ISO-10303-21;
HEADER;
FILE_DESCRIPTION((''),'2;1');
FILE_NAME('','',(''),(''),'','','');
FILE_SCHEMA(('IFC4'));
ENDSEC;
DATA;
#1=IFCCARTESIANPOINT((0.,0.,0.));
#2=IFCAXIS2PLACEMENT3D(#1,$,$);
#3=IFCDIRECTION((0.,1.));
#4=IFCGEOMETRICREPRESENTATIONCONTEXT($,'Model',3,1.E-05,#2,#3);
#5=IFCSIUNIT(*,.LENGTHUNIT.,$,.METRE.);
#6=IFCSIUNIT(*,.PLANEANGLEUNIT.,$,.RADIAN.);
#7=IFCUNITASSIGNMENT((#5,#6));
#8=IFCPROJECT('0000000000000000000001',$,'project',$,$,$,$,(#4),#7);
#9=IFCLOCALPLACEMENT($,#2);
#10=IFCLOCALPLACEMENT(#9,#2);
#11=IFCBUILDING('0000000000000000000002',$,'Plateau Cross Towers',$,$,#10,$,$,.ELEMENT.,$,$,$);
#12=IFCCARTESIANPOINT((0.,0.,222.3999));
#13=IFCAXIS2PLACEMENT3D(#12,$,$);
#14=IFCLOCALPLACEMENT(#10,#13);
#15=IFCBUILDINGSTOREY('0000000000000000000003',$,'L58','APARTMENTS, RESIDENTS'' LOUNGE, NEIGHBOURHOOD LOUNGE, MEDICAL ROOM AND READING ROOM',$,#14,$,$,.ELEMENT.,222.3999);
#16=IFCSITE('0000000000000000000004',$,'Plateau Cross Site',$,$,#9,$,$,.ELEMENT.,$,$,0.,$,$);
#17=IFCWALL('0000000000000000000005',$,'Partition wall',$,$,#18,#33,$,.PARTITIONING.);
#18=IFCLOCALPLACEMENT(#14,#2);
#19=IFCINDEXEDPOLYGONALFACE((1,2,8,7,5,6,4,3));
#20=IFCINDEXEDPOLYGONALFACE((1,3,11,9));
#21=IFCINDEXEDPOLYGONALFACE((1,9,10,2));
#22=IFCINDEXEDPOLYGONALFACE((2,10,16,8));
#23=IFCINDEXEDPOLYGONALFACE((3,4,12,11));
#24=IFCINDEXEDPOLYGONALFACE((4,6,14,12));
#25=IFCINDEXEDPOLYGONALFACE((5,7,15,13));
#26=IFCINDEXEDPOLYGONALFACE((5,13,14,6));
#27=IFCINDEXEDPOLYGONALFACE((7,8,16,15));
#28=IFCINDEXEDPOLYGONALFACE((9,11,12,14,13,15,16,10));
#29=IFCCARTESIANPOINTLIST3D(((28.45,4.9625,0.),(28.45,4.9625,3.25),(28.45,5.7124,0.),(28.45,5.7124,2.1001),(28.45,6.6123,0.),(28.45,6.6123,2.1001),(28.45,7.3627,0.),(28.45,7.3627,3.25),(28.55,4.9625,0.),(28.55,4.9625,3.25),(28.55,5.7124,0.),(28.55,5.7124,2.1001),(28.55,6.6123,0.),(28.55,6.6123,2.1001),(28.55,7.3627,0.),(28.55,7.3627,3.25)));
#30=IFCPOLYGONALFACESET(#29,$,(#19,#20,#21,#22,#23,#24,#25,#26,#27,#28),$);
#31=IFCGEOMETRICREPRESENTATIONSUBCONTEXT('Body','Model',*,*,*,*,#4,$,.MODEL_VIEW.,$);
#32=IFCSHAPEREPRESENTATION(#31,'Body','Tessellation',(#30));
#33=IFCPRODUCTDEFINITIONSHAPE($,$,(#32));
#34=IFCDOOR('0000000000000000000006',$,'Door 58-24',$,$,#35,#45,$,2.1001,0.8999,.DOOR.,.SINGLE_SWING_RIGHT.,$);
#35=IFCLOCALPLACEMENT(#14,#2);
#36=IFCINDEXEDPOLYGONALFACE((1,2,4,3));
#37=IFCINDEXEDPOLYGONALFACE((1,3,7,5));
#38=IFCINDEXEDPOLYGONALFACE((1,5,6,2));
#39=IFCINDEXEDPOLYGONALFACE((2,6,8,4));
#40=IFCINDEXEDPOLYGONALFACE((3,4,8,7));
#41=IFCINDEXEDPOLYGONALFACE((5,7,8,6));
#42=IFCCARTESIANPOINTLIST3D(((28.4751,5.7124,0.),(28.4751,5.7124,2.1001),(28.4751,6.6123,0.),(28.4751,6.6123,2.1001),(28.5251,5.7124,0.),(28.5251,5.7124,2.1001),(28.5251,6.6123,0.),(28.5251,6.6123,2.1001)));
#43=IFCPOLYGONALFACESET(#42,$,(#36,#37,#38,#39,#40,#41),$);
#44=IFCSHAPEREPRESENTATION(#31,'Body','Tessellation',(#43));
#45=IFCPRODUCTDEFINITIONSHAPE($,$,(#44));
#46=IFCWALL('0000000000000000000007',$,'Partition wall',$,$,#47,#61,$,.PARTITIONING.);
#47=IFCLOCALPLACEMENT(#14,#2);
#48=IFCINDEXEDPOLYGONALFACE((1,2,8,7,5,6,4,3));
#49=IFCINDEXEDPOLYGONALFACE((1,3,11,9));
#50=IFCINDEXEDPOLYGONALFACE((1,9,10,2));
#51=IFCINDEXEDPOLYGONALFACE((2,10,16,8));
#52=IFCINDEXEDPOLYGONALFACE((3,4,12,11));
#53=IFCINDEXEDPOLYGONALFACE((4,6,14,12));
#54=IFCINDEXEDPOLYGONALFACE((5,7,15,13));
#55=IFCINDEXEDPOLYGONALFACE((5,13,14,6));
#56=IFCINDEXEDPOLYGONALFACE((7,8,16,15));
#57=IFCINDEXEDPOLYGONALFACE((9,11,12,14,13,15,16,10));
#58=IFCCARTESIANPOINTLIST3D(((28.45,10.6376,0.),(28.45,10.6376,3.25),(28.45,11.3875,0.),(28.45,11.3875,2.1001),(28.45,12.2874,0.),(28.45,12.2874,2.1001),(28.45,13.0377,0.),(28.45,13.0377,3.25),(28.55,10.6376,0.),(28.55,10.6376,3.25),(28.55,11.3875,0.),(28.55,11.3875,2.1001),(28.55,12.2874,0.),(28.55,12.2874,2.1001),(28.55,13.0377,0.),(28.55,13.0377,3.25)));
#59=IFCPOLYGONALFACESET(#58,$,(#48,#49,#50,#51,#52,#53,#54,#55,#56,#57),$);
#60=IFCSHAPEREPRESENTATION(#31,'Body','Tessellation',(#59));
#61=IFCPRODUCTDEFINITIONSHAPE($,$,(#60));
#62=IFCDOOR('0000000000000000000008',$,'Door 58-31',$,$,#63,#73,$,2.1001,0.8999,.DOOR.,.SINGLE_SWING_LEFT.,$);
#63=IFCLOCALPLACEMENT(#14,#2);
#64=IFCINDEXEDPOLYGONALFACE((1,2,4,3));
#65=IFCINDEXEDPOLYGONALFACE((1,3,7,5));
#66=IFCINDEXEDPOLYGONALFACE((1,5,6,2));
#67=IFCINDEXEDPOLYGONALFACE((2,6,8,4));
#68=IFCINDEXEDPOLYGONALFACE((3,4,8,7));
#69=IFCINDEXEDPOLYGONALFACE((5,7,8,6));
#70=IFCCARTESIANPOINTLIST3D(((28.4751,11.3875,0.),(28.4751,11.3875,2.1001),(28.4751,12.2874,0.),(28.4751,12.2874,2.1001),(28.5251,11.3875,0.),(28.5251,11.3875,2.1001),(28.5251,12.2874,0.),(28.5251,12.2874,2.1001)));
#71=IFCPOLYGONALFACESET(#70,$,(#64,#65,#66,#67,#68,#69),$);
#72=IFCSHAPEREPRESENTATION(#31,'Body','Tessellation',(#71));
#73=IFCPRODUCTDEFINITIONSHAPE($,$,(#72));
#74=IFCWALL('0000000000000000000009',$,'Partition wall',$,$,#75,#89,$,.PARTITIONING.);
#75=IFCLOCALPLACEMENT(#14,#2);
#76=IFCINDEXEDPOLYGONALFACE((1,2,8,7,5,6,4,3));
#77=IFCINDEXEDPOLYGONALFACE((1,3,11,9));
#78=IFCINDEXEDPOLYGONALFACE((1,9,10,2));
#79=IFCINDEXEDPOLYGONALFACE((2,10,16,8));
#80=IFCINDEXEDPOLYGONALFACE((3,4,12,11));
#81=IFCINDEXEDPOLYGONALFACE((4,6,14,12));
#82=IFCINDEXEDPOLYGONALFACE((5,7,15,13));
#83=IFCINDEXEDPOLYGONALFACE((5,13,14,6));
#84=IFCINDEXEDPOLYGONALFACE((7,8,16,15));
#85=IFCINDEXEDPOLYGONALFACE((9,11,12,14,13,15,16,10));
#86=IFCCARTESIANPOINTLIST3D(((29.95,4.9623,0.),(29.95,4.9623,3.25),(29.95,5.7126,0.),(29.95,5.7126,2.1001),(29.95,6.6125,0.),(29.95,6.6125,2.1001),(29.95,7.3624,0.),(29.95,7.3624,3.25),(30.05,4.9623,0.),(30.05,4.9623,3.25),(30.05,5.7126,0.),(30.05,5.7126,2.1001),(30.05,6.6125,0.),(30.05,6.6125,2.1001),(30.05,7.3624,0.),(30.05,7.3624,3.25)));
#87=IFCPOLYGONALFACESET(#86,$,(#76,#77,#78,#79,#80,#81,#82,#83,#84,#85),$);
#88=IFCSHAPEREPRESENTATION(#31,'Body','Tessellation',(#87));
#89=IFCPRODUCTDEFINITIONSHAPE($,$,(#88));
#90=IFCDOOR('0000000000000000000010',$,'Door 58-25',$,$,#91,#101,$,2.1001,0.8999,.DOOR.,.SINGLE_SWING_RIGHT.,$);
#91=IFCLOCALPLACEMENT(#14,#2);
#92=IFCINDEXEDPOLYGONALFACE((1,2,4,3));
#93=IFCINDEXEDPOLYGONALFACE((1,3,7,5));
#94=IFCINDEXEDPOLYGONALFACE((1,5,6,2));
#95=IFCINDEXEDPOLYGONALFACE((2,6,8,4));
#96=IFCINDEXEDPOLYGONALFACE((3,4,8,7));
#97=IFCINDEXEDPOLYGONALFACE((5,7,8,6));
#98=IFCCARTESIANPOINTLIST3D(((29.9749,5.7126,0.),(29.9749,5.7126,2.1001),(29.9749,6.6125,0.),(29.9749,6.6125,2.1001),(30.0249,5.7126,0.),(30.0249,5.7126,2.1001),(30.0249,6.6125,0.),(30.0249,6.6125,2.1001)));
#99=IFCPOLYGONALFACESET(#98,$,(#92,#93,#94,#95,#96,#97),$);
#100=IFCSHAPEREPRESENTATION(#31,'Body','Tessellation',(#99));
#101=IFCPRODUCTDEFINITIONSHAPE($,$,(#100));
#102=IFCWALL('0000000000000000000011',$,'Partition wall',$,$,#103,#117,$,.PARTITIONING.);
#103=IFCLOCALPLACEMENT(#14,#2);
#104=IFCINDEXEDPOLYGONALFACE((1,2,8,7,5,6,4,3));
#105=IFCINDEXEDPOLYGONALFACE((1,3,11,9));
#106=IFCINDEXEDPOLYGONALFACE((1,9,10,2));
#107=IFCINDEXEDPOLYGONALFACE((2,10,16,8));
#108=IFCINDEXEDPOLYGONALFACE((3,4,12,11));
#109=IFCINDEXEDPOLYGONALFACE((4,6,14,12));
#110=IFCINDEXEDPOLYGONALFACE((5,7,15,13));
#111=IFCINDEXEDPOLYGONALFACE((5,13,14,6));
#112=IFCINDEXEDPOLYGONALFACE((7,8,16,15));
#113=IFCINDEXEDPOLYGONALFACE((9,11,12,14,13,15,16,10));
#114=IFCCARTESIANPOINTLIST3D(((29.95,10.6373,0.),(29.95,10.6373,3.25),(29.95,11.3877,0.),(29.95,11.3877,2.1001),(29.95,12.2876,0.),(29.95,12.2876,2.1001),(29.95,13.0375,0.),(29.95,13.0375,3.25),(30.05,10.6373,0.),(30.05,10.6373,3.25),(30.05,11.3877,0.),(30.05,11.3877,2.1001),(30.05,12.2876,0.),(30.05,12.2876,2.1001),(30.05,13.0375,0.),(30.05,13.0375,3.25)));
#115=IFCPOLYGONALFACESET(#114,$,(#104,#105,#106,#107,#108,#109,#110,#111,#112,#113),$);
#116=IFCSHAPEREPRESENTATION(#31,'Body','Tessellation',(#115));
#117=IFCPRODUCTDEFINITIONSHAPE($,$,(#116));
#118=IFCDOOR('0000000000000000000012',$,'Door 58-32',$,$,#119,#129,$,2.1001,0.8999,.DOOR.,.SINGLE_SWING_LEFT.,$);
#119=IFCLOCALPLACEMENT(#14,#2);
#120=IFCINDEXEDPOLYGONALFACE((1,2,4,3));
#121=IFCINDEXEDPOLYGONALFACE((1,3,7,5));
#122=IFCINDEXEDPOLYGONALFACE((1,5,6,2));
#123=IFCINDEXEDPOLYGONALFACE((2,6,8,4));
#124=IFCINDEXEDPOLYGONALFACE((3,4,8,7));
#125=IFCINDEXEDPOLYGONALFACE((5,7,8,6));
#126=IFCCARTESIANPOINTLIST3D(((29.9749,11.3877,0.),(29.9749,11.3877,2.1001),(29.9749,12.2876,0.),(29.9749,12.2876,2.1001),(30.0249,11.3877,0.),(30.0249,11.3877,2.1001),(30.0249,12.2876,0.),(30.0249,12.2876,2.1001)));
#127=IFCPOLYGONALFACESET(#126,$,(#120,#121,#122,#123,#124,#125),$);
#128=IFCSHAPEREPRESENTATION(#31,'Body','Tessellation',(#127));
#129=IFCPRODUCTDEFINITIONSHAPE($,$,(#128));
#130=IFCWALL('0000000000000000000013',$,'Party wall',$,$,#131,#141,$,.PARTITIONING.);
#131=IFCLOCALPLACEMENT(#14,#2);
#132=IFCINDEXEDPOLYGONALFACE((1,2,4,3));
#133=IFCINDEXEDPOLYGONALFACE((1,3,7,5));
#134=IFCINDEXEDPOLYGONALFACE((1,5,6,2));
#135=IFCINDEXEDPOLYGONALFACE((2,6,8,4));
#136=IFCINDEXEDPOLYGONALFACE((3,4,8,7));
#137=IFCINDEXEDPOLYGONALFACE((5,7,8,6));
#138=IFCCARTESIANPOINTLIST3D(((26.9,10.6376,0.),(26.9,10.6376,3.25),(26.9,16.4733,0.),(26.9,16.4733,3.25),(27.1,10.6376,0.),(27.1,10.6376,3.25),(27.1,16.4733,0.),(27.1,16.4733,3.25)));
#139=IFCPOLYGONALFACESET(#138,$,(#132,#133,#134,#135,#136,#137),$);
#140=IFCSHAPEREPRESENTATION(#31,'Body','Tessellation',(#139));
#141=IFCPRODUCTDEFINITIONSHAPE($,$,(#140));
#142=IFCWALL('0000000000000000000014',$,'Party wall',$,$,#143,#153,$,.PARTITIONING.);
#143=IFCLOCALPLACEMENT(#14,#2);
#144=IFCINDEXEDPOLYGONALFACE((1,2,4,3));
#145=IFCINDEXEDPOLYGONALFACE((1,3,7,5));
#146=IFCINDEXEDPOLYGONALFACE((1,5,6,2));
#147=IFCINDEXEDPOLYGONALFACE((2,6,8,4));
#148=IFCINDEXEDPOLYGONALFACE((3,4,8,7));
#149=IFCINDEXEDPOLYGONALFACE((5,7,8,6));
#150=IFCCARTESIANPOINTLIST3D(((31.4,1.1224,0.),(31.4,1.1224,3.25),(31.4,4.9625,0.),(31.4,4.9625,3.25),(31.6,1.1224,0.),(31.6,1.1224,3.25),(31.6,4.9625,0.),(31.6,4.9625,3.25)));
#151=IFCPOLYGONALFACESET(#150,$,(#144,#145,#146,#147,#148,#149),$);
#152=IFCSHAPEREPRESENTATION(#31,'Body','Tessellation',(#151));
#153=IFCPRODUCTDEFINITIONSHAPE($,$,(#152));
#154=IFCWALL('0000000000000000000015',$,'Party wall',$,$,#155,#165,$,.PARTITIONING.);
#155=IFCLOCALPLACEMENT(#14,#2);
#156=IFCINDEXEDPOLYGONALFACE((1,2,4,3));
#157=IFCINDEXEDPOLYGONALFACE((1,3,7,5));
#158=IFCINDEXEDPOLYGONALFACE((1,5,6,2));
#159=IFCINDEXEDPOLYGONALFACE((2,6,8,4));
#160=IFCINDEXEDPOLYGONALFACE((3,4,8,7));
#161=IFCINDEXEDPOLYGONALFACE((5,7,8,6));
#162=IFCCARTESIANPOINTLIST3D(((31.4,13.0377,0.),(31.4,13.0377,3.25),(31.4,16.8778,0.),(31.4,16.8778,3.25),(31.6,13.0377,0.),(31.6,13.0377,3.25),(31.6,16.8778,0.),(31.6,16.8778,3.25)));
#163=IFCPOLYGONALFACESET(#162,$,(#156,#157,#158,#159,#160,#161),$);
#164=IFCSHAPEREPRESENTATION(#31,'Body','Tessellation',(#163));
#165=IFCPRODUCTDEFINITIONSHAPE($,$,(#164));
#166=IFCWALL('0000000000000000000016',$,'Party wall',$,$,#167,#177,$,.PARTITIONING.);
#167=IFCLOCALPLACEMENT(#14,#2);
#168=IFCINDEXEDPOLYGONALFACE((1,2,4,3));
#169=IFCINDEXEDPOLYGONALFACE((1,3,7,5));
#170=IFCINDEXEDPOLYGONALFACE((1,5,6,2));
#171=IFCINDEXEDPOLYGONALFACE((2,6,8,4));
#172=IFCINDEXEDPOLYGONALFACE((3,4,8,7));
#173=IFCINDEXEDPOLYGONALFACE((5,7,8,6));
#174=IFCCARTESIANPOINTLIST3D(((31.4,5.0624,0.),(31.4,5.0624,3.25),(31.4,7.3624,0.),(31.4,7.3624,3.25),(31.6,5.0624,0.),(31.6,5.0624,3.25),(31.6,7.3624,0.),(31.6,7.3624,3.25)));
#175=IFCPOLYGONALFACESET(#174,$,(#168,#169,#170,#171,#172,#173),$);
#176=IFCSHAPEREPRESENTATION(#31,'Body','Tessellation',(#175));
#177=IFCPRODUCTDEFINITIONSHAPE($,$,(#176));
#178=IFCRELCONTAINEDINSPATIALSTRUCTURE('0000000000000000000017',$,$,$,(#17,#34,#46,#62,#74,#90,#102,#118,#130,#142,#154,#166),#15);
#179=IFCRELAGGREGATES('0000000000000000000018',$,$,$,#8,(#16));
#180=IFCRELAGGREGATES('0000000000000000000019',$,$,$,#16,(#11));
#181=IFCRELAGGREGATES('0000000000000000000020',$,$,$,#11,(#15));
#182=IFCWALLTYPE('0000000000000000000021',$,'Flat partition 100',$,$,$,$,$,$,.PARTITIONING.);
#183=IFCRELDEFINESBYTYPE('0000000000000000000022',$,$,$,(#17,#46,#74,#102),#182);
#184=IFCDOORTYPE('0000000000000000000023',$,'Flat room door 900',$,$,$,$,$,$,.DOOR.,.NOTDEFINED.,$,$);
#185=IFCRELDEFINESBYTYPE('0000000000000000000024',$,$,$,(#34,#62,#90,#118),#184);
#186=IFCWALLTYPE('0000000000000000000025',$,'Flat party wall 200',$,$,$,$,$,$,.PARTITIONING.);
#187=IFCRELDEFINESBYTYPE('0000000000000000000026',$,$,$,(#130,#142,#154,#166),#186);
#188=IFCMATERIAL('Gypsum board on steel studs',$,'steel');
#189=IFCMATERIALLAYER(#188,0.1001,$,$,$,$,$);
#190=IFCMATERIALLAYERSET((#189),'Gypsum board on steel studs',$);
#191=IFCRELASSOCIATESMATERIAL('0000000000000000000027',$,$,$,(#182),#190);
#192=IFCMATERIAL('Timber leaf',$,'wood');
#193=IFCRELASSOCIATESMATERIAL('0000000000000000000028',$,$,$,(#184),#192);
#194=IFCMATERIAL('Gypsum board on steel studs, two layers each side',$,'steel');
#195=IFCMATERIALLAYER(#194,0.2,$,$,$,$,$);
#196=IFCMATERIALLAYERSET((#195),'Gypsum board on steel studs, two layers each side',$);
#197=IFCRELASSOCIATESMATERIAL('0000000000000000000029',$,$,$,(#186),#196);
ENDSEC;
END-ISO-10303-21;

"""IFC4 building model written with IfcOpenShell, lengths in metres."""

from ifc_helpers import new_model, si_unit, direction, frame, frame_2d, origin, place, context, subcontext, project, spatial, rectangle, extrude, material, layer, layer_set, type_object, element, fill, save


model = new_model("IFC4")

# Units and contexts
model_context = context("Model", 3, precision=1e-05, world=origin(), true_north=direction((0.0, 1.0)))
body_context = subcontext(model_context, "Body", "Model", "MODEL_VIEW")
ifc_project = project(units=[si_unit("LENGTHUNIT", "METRE"), si_unit("PLANEANGLEUNIT", "RADIAN")], contexts=[model_context])

# Site, building, storey
site_placement = place(None, origin())
site = spatial("IfcSite", under=ifc_project, at=site_placement, Name="Plateau Cross Site", CompositionType="ELEMENT", RefElevation=0.0)
building_placement = place(site_placement, origin())
building = spatial("IfcBuilding", under=site, at=building_placement, Name="Plateau Cross Towers", CompositionType="ELEMENT")
storey_placement = place(building_placement, frame((0.0, 0.0, 222.3999)))
storey = spatial("IfcBuildingStorey", under=building, at=storey_placement, Name="L58", Description="APARTMENTS, RESIDENTS' LOUNGE, NEIGHBOURHOOD LOUNGE, MEDICAL ROOM AND READING ROOM", CompositionType="ELEMENT", Elevation=222.3999)

# Shared definitions
ifc_material_1 = material(Name="Gypsum board on steel studs", Category="steel")
ifc_layer_1 = layer(ifc_material_1, 0.1001)
ifc_layer_set_1 = layer_set([ifc_layer_1], Name="Gypsum board on steel studs")
wall_type_1 = type_object("IfcWallType", Name="Flat partition 100", PredefinedType="PARTITIONING", material=ifc_layer_set_1)

# Walls, openings, doors
wall_1_placement = place(storey_placement, frame((28.5, 4.9624, 0.0), z_axis=(0.0, 0.0, 1.0), x_axis=(0.0, 1.0, 0.0)))
wall_1 = element("IfcWall", 1, at=wall_1_placement, inside=storey, type_object=wall_type_1, Name="Partition wall", PredefinedType="PARTITIONING", context=body_context, shape_type="SweptSolid", body=[
    extrude(rectangle(XDim=2.4001, YDim=0.1001, at=frame_2d((1.2002, 0.0))), origin(), (0.0, 0.0, 1.0), 3.25),
])
opening_1_placement = place(wall_1_placement, frame((0.75, 0.0, 0.0)))
opening_1 = element("IfcOpeningElement", 2, at=opening_1_placement, cuts=wall_1, PredefinedType="OPENING", context=body_context, shape_type="SweptSolid", body=[
    extrude(rectangle(XDim=0.8999, YDim=2.1001, at=frame_2d((0.45, 1.05))), frame((0.0, 0.0601, 0.0), z_axis=(0.0, -1.0, 0.0), x_axis=(1.0, 0.0, 0.0)), (0.0, 0.0, 1.0), 0.1201),
])
ifc_material_2 = material(Name="Timber leaf", Category="wood")
door_type_1 = type_object("IfcDoorType", Name="Flat room door 900", OperationType="NOTDEFINED", PredefinedType="DOOR", material=ifc_material_2)
door_1_placement = place(opening_1_placement, origin())
door_1 = element("IfcDoor", 3, at=door_1_placement, inside=storey, type_object=door_type_1, Name="Door 58-24", OperationType="SINGLE_SWING_RIGHT", OverallHeight=2.1001, OverallWidth=0.8999, PredefinedType="DOOR", context=body_context, shape_type="SweptSolid", body=[
    extrude(rectangle(XDim=0.8999, YDim=2.1001, at=frame_2d((0.45, 1.05))), frame((0.0, 0.0249, 0.0), z_axis=(0.0, -1.0, 0.0), x_axis=(1.0, 0.0, 0.0)), (0.0, 0.0, 1.0), 0.05),
])
fill(opening_1, door_1)
wall_2_placement = place(storey_placement, frame((28.5, 10.6375, 0.0), z_axis=(0.0, 0.0, 1.0), x_axis=(0.0, 1.0, 0.0)))
wall_2 = element("IfcWall", 4, at=wall_2_placement, inside=storey, type_object=wall_type_1, Name="Partition wall", PredefinedType="PARTITIONING", context=body_context, shape_type="SweptSolid", body=[
    extrude(rectangle(XDim=2.4001, YDim=0.1001, at=frame_2d((1.2002, 0.0))), origin(), (0.0, 0.0, 1.0), 3.25),
])
opening_2_placement = place(wall_2_placement, frame((0.75, 0.0, 0.0)))
opening_2 = element("IfcOpeningElement", 5, at=opening_2_placement, cuts=wall_2, PredefinedType="OPENING", context=body_context, shape_type="SweptSolid", body=[
    extrude(rectangle(XDim=0.8999, YDim=2.1001, at=frame_2d((0.45, 1.05))), frame((0.0, 0.0601, 0.0), z_axis=(0.0, -1.0, 0.0), x_axis=(1.0, 0.0, 0.0)), (0.0, 0.0, 1.0), 0.1201),
])
door_2_placement = place(opening_2_placement, origin())
door_2 = element("IfcDoor", 6, at=door_2_placement, inside=storey, type_object=door_type_1, Name="Door 58-31", OperationType="SINGLE_SWING_LEFT", OverallHeight=2.1001, OverallWidth=0.8999, PredefinedType="DOOR", context=body_context, shape_type="SweptSolid", body=[
    extrude(rectangle(XDim=0.8999, YDim=2.1001, at=frame_2d((0.45, 1.05))), frame((0.0, 0.0249, 0.0), z_axis=(0.0, -1.0, 0.0), x_axis=(1.0, 0.0, 0.0)), (0.0, 0.0, 1.0), 0.05),
])
fill(opening_2, door_2)
wall_3_placement = place(storey_placement, frame((30.0, 7.3625, 0.0), z_axis=(0.0, 0.0, 1.0), x_axis=(0.0, -1.0, 0.0)))
wall_3 = element("IfcWall", 7, at=wall_3_placement, inside=storey, type_object=wall_type_1, Name="Partition wall", PredefinedType="PARTITIONING", context=body_context, shape_type="SweptSolid", body=[
    extrude(rectangle(XDim=2.4001, YDim=0.1001, at=frame_2d((1.2002, 0.0))), origin(), (0.0, 0.0, 1.0), 3.25),
])
opening_3_placement = place(wall_3_placement, frame((0.75, 0.0, 0.0)))
opening_3 = element("IfcOpeningElement", 8, at=opening_3_placement, cuts=wall_3, PredefinedType="OPENING", context=body_context, shape_type="SweptSolid", body=[
    extrude(rectangle(XDim=0.8999, YDim=2.1001, at=frame_2d((0.45, 1.05))), frame((0.0, 0.0601, 0.0), z_axis=(0.0, -1.0, 0.0), x_axis=(1.0, 0.0, 0.0)), (0.0, 0.0, 1.0), 0.1201),
])
door_3_placement = place(opening_3_placement, origin())
door_3 = element("IfcDoor", 9, at=door_3_placement, inside=storey, type_object=door_type_1, Name="Door 58-25", OperationType="SINGLE_SWING_RIGHT", OverallHeight=2.1001, OverallWidth=0.8999, PredefinedType="DOOR", context=body_context, shape_type="SweptSolid", body=[
    extrude(rectangle(XDim=0.8999, YDim=2.1001, at=frame_2d((0.45, 1.05))), frame((0.0, 0.0249, 0.0), z_axis=(0.0, -1.0, 0.0), x_axis=(1.0, 0.0, 0.0)), (0.0, 0.0, 1.0), 0.05),
])
fill(opening_3, door_3)
wall_4_placement = place(storey_placement, frame((30.0, 13.0376, 0.0), z_axis=(0.0, 0.0, 1.0), x_axis=(0.0, -1.0, 0.0)))
wall_4 = element("IfcWall", 10, at=wall_4_placement, inside=storey, type_object=wall_type_1, Name="Partition wall", PredefinedType="PARTITIONING", context=body_context, shape_type="SweptSolid", body=[
    extrude(rectangle(XDim=2.4001, YDim=0.1001, at=frame_2d((1.2002, 0.0))), origin(), (0.0, 0.0, 1.0), 3.25),
])
opening_4_placement = place(wall_4_placement, frame((0.75, 0.0, 0.0)))
opening_4 = element("IfcOpeningElement", 11, at=opening_4_placement, cuts=wall_4, PredefinedType="OPENING", context=body_context, shape_type="SweptSolid", body=[
    extrude(rectangle(XDim=0.8999, YDim=2.1001, at=frame_2d((0.45, 1.05))), frame((0.0, 0.0601, 0.0), z_axis=(0.0, -1.0, 0.0), x_axis=(1.0, 0.0, 0.0)), (0.0, 0.0, 1.0), 0.1201),
])
door_4_placement = place(opening_4_placement, origin())
door_4 = element("IfcDoor", 12, at=door_4_placement, inside=storey, type_object=door_type_1, Name="Door 58-32", OperationType="SINGLE_SWING_LEFT", OverallHeight=2.1001, OverallWidth=0.8999, PredefinedType="DOOR", context=body_context, shape_type="SweptSolid", body=[
    extrude(rectangle(XDim=0.8999, YDim=2.1001, at=frame_2d((0.45, 1.05))), frame((0.0, 0.0249, 0.0), z_axis=(0.0, -1.0, 0.0), x_axis=(1.0, 0.0, 0.0)), (0.0, 0.0, 1.0), 0.05),
])
fill(opening_4, door_4)

# Walls
ifc_material_3 = material(Name="Gypsum board on steel studs, two layers each side", Category="steel")
ifc_layer_2 = layer(ifc_material_3, 0.2)
ifc_layer_set_2 = layer_set([ifc_layer_2], Name="Gypsum board on steel studs, two layers each side")
wall_type_2 = type_object("IfcWallType", Name="Flat party wall 200", PredefinedType="PARTITIONING", material=ifc_layer_set_2)
wall_5_placement = place(storey_placement, frame((27.0, 10.6375, 0.0), z_axis=(0.0, 0.0, 1.0), x_axis=(0.0, 1.0, 0.0)))
element("IfcWall", 13, at=wall_5_placement, inside=storey, type_object=wall_type_2, Name="Party wall", PredefinedType="PARTITIONING", context=body_context, shape_type="SweptSolid", body=[
    extrude(rectangle(XDim=5.8357, YDim=0.2, at=frame_2d((2.918, 0.0))), origin(), (0.0, 0.0, 1.0), 3.25),
])
for number, where, z_axis, x_axis, name in (
    (14, (31.5, 4.9624, 0.0), (0.0, 0.0, 1.0), (0.0, -1.0, 0.0), "Party wall"),
    (15, (31.5, 16.8777, 0.0), (0.0, 0.0, 1.0), (0.0, -1.0, 0.0), "Party wall"),
):
    element("IfcWall", number, at=place(storey_placement, frame(where, z_axis=z_axis, x_axis=x_axis)), inside=storey, type_object=wall_type_2, Name=name, PredefinedType="PARTITIONING", context=body_context, shape_type="SweptSolid", body=[
        extrude(rectangle(XDim=3.8401, YDim=0.2, at=frame_2d((1.9199, 0.0))), origin(), (0.0, 0.0, 1.0), 3.25),
    ])
for number, where, z_axis, x_axis, name in (
    (16, (31.5, 5.0625, 0.0), (0.0, 0.0, 1.0), (0.0, 1.0, 0.0), "Party wall"),
):
    element("IfcWall", number, at=place(storey_placement, frame(where, z_axis=z_axis, x_axis=x_axis)), inside=storey, type_object=wall_type_2, Name=name, PredefinedType="PARTITIONING", context=body_context, shape_type="SweptSolid", body=[
        extrude(rectangle(XDim=2.3, YDim=0.2, at=frame_2d((1.1499, 0.0))), origin(), (0.0, 0.0, 1.0), 3.25),
    ])

save(model, "model.ifc")
